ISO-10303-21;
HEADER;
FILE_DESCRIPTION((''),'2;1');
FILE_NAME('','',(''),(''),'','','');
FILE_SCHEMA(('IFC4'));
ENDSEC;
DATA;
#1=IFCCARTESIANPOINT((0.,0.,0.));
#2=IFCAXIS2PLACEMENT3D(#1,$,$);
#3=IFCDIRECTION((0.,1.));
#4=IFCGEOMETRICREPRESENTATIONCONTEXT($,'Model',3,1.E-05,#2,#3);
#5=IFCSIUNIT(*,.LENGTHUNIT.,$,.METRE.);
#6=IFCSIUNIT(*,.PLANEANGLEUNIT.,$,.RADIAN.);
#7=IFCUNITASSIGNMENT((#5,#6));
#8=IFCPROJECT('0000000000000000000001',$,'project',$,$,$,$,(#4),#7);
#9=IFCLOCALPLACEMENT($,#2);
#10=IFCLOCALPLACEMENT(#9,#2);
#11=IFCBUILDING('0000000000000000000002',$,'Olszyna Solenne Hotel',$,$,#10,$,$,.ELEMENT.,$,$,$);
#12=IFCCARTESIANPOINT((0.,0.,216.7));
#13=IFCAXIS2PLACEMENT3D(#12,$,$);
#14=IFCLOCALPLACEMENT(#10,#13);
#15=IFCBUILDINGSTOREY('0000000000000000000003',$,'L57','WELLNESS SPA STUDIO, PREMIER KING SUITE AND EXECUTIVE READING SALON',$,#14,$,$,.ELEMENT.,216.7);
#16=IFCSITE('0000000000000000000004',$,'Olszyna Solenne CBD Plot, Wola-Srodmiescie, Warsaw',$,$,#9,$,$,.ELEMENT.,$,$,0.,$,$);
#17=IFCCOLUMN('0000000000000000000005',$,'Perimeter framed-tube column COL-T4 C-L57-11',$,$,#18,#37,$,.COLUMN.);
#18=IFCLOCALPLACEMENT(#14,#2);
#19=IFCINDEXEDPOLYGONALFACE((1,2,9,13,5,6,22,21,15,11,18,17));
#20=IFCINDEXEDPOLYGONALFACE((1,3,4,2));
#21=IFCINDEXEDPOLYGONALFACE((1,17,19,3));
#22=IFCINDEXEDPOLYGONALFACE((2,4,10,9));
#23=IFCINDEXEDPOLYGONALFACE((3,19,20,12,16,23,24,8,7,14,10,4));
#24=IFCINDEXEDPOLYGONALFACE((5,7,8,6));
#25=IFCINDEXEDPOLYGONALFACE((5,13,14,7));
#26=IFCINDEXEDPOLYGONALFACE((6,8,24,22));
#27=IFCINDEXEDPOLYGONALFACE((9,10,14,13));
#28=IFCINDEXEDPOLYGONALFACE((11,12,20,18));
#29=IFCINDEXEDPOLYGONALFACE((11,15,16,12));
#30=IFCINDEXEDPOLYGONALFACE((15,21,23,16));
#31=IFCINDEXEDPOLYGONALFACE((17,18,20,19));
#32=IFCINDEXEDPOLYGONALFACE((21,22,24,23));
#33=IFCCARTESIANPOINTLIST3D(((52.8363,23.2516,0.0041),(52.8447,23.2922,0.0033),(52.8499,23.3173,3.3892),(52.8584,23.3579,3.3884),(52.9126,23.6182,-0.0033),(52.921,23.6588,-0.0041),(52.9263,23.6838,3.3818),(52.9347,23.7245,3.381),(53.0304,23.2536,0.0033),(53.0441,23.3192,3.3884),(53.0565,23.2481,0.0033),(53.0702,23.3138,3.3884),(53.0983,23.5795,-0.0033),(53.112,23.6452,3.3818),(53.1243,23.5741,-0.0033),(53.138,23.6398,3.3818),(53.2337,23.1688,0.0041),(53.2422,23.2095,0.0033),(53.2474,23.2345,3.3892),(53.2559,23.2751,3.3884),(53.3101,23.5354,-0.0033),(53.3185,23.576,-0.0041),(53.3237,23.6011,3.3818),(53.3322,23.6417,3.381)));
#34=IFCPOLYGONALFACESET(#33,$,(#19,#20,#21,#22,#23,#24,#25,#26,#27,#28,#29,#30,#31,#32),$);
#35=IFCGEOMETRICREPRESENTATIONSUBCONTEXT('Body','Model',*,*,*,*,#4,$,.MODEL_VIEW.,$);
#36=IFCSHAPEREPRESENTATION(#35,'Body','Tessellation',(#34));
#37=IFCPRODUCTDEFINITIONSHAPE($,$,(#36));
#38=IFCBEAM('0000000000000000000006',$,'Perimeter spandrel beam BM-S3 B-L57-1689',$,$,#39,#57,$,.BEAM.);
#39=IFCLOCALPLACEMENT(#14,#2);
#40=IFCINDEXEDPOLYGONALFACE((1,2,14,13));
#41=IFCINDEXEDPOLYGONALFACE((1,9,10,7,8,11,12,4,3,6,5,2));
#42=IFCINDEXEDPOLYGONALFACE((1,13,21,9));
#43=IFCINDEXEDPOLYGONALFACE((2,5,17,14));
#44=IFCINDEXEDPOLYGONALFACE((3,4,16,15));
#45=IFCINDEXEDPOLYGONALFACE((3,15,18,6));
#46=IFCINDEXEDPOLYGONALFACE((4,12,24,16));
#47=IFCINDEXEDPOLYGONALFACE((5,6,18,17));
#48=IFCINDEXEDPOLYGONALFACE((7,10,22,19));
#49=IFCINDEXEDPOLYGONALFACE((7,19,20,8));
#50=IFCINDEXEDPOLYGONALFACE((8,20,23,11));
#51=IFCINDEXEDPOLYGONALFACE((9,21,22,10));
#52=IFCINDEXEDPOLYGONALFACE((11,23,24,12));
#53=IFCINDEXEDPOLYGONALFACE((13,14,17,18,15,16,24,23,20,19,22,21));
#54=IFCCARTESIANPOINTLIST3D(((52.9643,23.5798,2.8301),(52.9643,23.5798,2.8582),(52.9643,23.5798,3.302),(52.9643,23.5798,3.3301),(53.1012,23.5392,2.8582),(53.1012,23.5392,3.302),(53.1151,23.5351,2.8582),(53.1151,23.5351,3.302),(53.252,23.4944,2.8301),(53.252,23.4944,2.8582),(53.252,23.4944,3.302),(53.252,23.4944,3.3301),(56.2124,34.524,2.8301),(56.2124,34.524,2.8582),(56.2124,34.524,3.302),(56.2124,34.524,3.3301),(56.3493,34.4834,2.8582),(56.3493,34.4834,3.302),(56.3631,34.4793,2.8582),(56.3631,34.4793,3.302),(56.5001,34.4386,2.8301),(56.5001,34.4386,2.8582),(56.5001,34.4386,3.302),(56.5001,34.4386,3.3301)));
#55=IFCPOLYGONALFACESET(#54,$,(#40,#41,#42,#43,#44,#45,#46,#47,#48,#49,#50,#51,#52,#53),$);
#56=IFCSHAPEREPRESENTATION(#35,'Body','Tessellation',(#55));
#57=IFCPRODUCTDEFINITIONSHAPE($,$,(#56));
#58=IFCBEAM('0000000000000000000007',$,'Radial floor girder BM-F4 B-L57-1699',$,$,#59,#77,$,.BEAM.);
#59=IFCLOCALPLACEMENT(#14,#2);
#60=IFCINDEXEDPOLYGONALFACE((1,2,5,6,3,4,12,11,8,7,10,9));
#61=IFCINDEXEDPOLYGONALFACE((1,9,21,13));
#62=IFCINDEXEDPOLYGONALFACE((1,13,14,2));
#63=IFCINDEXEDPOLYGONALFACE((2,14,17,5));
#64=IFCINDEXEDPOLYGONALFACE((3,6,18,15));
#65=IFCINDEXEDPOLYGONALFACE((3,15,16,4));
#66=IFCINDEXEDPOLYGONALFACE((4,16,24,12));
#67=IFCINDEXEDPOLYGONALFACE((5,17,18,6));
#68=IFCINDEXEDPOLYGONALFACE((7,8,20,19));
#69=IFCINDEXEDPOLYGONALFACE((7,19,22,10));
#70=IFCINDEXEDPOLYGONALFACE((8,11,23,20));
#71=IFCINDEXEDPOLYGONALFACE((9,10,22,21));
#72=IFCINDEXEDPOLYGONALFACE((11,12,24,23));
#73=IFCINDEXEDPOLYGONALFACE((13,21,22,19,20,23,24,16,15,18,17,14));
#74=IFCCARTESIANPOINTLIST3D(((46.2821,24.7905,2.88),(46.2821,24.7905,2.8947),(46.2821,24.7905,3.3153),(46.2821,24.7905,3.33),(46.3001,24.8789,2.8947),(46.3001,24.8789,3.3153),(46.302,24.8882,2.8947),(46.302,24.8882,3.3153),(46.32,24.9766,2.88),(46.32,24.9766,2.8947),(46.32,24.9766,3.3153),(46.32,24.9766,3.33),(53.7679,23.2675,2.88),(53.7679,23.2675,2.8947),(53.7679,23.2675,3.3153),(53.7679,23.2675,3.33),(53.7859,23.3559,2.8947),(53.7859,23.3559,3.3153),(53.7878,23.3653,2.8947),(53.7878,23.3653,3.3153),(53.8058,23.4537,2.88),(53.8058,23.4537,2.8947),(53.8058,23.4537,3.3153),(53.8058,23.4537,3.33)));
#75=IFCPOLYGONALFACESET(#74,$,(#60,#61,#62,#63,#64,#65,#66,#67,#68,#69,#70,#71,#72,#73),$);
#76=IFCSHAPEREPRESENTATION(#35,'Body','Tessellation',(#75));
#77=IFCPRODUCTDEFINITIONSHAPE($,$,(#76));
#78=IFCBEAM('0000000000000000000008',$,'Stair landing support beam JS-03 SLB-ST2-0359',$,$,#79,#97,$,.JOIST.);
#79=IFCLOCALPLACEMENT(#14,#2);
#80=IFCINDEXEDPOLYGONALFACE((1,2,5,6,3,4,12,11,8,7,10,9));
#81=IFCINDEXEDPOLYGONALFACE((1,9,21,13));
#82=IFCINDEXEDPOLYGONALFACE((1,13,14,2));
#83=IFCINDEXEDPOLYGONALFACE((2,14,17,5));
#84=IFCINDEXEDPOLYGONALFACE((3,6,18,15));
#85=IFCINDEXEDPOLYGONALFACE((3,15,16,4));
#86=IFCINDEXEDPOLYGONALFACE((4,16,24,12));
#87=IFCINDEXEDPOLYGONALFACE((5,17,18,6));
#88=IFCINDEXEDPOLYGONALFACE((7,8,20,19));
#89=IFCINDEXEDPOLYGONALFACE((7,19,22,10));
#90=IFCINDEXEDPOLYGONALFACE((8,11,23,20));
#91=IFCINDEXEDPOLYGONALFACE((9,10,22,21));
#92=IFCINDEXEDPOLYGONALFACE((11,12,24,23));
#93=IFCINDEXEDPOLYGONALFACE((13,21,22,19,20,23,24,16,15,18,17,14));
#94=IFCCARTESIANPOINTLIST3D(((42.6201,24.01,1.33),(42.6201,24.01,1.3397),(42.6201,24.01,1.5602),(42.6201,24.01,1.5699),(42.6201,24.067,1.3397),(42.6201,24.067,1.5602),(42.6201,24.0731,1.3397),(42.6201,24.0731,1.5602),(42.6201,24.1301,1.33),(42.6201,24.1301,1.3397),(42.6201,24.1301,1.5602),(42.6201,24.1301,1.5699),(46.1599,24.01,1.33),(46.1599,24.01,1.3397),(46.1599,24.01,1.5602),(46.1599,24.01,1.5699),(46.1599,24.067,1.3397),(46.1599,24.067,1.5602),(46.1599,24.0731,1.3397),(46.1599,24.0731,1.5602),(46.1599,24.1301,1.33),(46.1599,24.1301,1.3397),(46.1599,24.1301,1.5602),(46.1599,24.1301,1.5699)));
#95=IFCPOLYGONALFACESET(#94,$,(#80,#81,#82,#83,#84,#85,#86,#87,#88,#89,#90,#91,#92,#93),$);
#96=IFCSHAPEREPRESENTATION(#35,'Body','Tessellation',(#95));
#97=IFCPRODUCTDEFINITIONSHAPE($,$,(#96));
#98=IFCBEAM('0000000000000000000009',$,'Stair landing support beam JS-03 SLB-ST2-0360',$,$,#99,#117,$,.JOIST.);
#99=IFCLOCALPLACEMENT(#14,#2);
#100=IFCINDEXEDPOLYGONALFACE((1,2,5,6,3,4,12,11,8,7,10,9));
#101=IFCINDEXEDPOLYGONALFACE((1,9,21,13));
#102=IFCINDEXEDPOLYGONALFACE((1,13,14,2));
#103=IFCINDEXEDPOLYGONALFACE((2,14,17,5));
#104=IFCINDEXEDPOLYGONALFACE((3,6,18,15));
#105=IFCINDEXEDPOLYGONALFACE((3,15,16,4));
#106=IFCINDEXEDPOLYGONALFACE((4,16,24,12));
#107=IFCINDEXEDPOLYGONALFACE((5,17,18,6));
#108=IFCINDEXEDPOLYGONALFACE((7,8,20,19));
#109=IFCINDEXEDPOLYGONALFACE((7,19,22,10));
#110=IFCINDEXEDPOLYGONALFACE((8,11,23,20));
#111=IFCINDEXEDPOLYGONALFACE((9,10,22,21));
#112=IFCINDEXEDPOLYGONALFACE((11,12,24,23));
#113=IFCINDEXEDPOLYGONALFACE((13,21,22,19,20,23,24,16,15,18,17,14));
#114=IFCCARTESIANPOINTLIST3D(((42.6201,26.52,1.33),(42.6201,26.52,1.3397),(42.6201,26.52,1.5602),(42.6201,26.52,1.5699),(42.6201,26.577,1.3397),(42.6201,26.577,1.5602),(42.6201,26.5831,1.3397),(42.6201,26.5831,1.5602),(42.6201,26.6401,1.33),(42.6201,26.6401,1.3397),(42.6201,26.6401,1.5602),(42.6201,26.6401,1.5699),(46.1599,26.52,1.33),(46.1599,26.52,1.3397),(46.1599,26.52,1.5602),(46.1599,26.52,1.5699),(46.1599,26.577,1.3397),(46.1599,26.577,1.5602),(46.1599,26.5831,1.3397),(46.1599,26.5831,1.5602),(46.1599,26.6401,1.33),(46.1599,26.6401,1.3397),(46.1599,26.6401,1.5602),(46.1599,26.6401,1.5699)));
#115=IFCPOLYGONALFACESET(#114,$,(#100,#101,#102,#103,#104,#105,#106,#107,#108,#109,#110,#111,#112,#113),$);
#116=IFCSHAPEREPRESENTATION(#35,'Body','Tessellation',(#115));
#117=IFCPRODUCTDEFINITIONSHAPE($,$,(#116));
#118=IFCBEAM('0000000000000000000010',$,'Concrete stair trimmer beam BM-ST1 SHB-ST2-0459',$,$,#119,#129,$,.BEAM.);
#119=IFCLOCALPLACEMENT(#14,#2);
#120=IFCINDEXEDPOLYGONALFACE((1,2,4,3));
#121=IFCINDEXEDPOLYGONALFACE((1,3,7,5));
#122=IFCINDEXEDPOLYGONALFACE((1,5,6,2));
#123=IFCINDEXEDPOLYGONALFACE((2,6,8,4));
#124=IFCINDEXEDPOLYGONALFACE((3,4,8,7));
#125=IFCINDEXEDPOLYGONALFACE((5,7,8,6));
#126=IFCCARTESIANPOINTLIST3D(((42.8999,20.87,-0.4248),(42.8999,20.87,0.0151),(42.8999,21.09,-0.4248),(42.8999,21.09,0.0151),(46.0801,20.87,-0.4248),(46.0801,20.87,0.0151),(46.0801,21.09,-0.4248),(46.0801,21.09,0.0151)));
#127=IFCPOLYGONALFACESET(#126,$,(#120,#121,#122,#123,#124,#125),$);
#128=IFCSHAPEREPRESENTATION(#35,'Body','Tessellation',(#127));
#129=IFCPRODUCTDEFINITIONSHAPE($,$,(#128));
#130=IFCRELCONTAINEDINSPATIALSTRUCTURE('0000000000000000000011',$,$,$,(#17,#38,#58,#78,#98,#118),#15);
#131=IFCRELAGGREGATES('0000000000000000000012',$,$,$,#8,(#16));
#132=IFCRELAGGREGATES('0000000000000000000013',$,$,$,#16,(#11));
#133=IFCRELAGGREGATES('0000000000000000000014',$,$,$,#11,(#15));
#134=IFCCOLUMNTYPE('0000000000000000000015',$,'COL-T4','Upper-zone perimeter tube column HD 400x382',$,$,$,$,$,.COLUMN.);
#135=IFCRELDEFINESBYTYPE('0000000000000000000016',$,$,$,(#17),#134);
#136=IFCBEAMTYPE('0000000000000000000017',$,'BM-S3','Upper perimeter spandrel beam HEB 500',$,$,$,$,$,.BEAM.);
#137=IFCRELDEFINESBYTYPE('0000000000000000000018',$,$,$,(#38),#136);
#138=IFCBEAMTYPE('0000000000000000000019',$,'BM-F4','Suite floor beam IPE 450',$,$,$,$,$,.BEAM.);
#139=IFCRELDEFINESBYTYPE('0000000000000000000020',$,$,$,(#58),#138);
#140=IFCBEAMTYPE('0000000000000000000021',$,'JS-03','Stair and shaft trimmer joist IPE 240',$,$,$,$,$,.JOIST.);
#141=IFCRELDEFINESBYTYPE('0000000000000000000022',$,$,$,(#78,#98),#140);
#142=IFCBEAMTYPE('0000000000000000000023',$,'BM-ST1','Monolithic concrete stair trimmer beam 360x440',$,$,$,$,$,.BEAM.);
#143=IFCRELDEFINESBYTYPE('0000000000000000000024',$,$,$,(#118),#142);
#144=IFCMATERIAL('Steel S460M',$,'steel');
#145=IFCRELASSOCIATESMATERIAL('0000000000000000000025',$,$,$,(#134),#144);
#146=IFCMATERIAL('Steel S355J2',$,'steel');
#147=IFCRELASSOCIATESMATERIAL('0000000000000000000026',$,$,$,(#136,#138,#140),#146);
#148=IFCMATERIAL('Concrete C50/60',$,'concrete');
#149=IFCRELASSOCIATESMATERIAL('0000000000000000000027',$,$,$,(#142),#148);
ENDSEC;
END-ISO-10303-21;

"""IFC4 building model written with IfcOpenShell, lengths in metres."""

from ifc_helpers import new_model, si_unit, direction, frame, origin, origin_2d, place, context, subcontext, project, spatial, rectangle, i_section, extrude, source, transform, mapped, material, material_profile, profile_set, type_object, element, save


model = new_model("IFC4")

# Units and contexts
model_context = context("Model", 3, precision=1e-05, world=origin(), true_north=direction((0.0, 1.0)))
body_context = subcontext(model_context, "Body", "Model", "MODEL_VIEW")
ifc_project = project(units=[si_unit("LENGTHUNIT", "METRE"), si_unit("PLANEANGLEUNIT", "RADIAN")], contexts=[model_context])

# Site, building, storey
site_placement = place(None, origin())
site = spatial("IfcSite", under=ifc_project, at=site_placement, Name="Olszyna Solenne CBD Plot, Wola-Srodmiescie, Warsaw", CompositionType="ELEMENT", RefElevation=0.0)
building_placement = place(site_placement, origin())
building = spatial("IfcBuilding", under=site, at=building_placement, Name="Olszyna Solenne Hotel", CompositionType="ELEMENT")
storey_placement = place(building_placement, frame((0.0, 0.0, 216.7)))
storey = spatial("IfcBuildingStorey", under=building, at=storey_placement, Name="L57", Description="WELLNESS SPA STUDIO, PREMIER KING SUITE AND EXECUTIVE READING SALON", CompositionType="ELEMENT", Elevation=216.7)

# Column
ifc_material_1 = material(Name="Steel S460M", Category="steel")
ifc_material_profile_1 = material_profile(ifc_material_1, i_section(OverallWidth=0.406, OverallDepth=0.416, WebThickness=0.0266, FlangeThickness=0.0415, at=origin_2d()), Name="HD 400x382", Category="load-bearing")
ifc_profile_set_1 = profile_set([ifc_material_profile_1], Name="Steel S460M")
column_type = type_object("IfcColumnType", Name="COL-T4", Description="Upper-zone perimeter tube column HD 400x382", PredefinedType="COLUMN", material=ifc_profile_set_1)
shared_shape_1 = source(origin(), body_context, "Body", "SweptSolid", [
    extrude(i_section(OverallWidth=0.406, OverallDepth=0.416, WebThickness=0.0266, FlangeThickness=0.0415, at=origin_2d()), origin(), (0.0, 0.0, 1.0), 3.3857),
])
column_placement = place(storey_placement, frame((53.0774, 23.4138, 0.0), z_axis=(0.004038, 0.019398, 0.999804), x_axis=(-0.979011, 0.203809, 0.0)))
element("IfcColumn", 1, at=column_placement, inside=storey, type_object=column_type, Name="Perimeter framed-tube column COL-T4 C-L57-11", PredefinedType="COLUMN", context=body_context, shape_type="MappedRepresentation", body=[
    mapped(shared_shape_1, transform((0.0, 0.0, 0.0), x_axis=(1.0, 0.0, 0.0), y_axis=(0.0, 1.0, 0.0), z_axis=(0.0, 0.0, 1.0), scale=1.0)),
])

# Beams
ifc_material_2 = material(Name="Steel S355J2", Category="steel")
ifc_material_profile_2 = material_profile(ifc_material_2, i_section(OverallWidth=0.3, OverallDepth=0.5, WebThickness=0.0144, FlangeThickness=0.0281, at=origin_2d()), Name="HEB 500", Category="load-bearing")
ifc_profile_set_2 = profile_set([ifc_material_profile_2], Name="Steel S355J2")
beam_type_1 = type_object("IfcBeamType", Name="BM-S3", Description="Upper perimeter spandrel beam HEB 500", PredefinedType="BEAM", material=ifc_profile_set_2)
shared_shape_2 = source(origin(), body_context, "Body", "SweptSolid", [
    extrude(i_section(OverallWidth=0.3, OverallDepth=0.5, WebThickness=0.0144, FlangeThickness=0.0281, at=origin_2d()), origin(), (0.0, 0.0, 1.0), 11.416),
])
beam_1_placement = place(storey_placement, frame((53.1082, 23.5371, 3.0801), z_axis=(0.284519, 0.95867, 0.0), x_axis=(-0.95867, 0.284519, 0.0)))
element("IfcBeam", 2, at=beam_1_placement, inside=storey, type_object=beam_type_1, Name="Perimeter spandrel beam BM-S3 B-L57-1689", PredefinedType="BEAM", context=body_context, shape_type="MappedRepresentation", body=[
    mapped(shared_shape_2, transform((0.0, 0.0, 0.0), x_axis=(1.0, 0.0, 0.0), y_axis=(0.0, 1.0, 0.0), z_axis=(0.0, 0.0, 1.0), scale=1.0)),
])
ifc_material_profile_3 = material_profile(ifc_material_2, i_section(OverallWidth=0.1899, OverallDepth=0.45, WebThickness=0.0095, FlangeThickness=0.0146, at=origin_2d()), Name="IPE 450", Category="load-bearing")
ifc_profile_set_3 = profile_set([ifc_material_profile_3], Name="Steel S355J2")
beam_type_2 = type_object("IfcBeamType", Name="BM-F4", Description="Suite floor beam IPE 450", PredefinedType="BEAM", material=ifc_profile_set_3)
shared_shape_3 = source(origin(), body_context, "Body", "SweptSolid", [
    extrude(i_section(OverallWidth=0.1899, OverallDepth=0.45, WebThickness=0.0095, FlangeThickness=0.0146, at=origin_2d()), origin(), (0.0, 0.0, 1.0), 7.6392),
])
beam_2_placement = place(storey_placement, frame((53.7869, 23.3606, 3.105), z_axis=(-0.979926, 0.19936, 0.0), x_axis=(-0.19936, -0.979926, 0.0)))
element("IfcBeam", 3, at=beam_2_placement, inside=storey, type_object=beam_type_2, Name="Radial floor girder BM-F4 B-L57-1699", PredefinedType="BEAM", context=body_context, shape_type="MappedRepresentation", body=[
    mapped(shared_shape_3, transform((0.0, 0.0, 0.0), x_axis=(1.0, 0.0, 0.0), y_axis=(0.0, 1.0, 0.0), z_axis=(0.0, 0.0, 1.0), scale=1.0)),
])
ifc_material_profile_4 = material_profile(ifc_material_2, i_section(OverallWidth=0.1201, OverallDepth=0.24, WebThickness=0.0061, FlangeThickness=0.0098, at=origin_2d()), Name="IPE 240", Category="load-bearing")
ifc_profile_set_4 = profile_set([ifc_material_profile_4], Name="Steel S355J2")
beam_type_3 = type_object("IfcBeamType", Name="JS-03", Description="Stair and shaft trimmer joist IPE 240", PredefinedType="JOIST", material=ifc_profile_set_4)
shared_shape_4 = source(origin(), body_context, "Body", "SweptSolid", [
    extrude(i_section(OverallWidth=0.1201, OverallDepth=0.24, WebThickness=0.0061, FlangeThickness=0.0098, at=origin_2d()), origin(), (0.0, 0.0, 1.0), 3.5398),
])
for number, where, z_axis, x_axis, name in (
    (4, (46.1599, 24.0701, 1.45), (-1.0, 0.0, 0.0), (0.0, -1.0, 0.0), "Stair landing support beam JS-03 SLB-ST2-0359"),
    (5, (46.1599, 26.5801, 1.45), (-1.0, 0.0, 0.0), (0.0, -1.0, 0.0), "Stair landing support beam JS-03 SLB-ST2-0360"),
):
    element("IfcBeam", number, at=place(storey_placement, frame(where, z_axis=z_axis, x_axis=x_axis)), inside=storey, type_object=beam_type_3, Name=name, PredefinedType="JOIST", context=body_context, shape_type="MappedRepresentation", body=[
        mapped(shared_shape_4, transform((0.0, 0.0, 0.0), x_axis=(1.0, 0.0, 0.0), y_axis=(0.0, 1.0, 0.0), z_axis=(0.0, 0.0, 1.0), scale=1.0)),
    ])
ifc_material_3 = material(Name="Concrete C50/60", Category="concrete")
ifc_material_profile_5 = material_profile(ifc_material_3, rectangle(XDim=0.22, YDim=0.4399, at=origin_2d()), Name="RC 220x440", Category="load-bearing")
ifc_profile_set_5 = profile_set([ifc_material_profile_5], Name="Concrete C50/60")
beam_type_4 = type_object("IfcBeamType", Name="BM-ST1", Description="Monolithic concrete stair trimmer beam 360x440", PredefinedType="BEAM", material=ifc_profile_set_5)
shared_shape_5 = source(origin(), body_context, "Body", "SweptSolid", [
    extrude(rectangle(XDim=0.22, YDim=0.4399, at=origin_2d()), origin(), (0.0, 0.0, 1.0), 3.1802),
])
beam_3_placement = place(storey_placement, frame((46.0801, 20.98, -0.2048), z_axis=(-1.0, 0.0, 0.0), x_axis=(0.0, -1.0, 0.0)))
element("IfcBeam", 6, at=beam_3_placement, inside=storey, type_object=beam_type_4, Name="Concrete stair trimmer beam BM-ST1 SHB-ST2-0459", PredefinedType="BEAM", context=body_context, shape_type="MappedRepresentation", body=[
    mapped(shared_shape_5, transform((0.0, 0.0, 0.0), x_axis=(1.0, 0.0, 0.0), y_axis=(0.0, 1.0, 0.0), z_axis=(0.0, 0.0, 1.0), scale=1.0)),
])

save(model, "model.ifc")
